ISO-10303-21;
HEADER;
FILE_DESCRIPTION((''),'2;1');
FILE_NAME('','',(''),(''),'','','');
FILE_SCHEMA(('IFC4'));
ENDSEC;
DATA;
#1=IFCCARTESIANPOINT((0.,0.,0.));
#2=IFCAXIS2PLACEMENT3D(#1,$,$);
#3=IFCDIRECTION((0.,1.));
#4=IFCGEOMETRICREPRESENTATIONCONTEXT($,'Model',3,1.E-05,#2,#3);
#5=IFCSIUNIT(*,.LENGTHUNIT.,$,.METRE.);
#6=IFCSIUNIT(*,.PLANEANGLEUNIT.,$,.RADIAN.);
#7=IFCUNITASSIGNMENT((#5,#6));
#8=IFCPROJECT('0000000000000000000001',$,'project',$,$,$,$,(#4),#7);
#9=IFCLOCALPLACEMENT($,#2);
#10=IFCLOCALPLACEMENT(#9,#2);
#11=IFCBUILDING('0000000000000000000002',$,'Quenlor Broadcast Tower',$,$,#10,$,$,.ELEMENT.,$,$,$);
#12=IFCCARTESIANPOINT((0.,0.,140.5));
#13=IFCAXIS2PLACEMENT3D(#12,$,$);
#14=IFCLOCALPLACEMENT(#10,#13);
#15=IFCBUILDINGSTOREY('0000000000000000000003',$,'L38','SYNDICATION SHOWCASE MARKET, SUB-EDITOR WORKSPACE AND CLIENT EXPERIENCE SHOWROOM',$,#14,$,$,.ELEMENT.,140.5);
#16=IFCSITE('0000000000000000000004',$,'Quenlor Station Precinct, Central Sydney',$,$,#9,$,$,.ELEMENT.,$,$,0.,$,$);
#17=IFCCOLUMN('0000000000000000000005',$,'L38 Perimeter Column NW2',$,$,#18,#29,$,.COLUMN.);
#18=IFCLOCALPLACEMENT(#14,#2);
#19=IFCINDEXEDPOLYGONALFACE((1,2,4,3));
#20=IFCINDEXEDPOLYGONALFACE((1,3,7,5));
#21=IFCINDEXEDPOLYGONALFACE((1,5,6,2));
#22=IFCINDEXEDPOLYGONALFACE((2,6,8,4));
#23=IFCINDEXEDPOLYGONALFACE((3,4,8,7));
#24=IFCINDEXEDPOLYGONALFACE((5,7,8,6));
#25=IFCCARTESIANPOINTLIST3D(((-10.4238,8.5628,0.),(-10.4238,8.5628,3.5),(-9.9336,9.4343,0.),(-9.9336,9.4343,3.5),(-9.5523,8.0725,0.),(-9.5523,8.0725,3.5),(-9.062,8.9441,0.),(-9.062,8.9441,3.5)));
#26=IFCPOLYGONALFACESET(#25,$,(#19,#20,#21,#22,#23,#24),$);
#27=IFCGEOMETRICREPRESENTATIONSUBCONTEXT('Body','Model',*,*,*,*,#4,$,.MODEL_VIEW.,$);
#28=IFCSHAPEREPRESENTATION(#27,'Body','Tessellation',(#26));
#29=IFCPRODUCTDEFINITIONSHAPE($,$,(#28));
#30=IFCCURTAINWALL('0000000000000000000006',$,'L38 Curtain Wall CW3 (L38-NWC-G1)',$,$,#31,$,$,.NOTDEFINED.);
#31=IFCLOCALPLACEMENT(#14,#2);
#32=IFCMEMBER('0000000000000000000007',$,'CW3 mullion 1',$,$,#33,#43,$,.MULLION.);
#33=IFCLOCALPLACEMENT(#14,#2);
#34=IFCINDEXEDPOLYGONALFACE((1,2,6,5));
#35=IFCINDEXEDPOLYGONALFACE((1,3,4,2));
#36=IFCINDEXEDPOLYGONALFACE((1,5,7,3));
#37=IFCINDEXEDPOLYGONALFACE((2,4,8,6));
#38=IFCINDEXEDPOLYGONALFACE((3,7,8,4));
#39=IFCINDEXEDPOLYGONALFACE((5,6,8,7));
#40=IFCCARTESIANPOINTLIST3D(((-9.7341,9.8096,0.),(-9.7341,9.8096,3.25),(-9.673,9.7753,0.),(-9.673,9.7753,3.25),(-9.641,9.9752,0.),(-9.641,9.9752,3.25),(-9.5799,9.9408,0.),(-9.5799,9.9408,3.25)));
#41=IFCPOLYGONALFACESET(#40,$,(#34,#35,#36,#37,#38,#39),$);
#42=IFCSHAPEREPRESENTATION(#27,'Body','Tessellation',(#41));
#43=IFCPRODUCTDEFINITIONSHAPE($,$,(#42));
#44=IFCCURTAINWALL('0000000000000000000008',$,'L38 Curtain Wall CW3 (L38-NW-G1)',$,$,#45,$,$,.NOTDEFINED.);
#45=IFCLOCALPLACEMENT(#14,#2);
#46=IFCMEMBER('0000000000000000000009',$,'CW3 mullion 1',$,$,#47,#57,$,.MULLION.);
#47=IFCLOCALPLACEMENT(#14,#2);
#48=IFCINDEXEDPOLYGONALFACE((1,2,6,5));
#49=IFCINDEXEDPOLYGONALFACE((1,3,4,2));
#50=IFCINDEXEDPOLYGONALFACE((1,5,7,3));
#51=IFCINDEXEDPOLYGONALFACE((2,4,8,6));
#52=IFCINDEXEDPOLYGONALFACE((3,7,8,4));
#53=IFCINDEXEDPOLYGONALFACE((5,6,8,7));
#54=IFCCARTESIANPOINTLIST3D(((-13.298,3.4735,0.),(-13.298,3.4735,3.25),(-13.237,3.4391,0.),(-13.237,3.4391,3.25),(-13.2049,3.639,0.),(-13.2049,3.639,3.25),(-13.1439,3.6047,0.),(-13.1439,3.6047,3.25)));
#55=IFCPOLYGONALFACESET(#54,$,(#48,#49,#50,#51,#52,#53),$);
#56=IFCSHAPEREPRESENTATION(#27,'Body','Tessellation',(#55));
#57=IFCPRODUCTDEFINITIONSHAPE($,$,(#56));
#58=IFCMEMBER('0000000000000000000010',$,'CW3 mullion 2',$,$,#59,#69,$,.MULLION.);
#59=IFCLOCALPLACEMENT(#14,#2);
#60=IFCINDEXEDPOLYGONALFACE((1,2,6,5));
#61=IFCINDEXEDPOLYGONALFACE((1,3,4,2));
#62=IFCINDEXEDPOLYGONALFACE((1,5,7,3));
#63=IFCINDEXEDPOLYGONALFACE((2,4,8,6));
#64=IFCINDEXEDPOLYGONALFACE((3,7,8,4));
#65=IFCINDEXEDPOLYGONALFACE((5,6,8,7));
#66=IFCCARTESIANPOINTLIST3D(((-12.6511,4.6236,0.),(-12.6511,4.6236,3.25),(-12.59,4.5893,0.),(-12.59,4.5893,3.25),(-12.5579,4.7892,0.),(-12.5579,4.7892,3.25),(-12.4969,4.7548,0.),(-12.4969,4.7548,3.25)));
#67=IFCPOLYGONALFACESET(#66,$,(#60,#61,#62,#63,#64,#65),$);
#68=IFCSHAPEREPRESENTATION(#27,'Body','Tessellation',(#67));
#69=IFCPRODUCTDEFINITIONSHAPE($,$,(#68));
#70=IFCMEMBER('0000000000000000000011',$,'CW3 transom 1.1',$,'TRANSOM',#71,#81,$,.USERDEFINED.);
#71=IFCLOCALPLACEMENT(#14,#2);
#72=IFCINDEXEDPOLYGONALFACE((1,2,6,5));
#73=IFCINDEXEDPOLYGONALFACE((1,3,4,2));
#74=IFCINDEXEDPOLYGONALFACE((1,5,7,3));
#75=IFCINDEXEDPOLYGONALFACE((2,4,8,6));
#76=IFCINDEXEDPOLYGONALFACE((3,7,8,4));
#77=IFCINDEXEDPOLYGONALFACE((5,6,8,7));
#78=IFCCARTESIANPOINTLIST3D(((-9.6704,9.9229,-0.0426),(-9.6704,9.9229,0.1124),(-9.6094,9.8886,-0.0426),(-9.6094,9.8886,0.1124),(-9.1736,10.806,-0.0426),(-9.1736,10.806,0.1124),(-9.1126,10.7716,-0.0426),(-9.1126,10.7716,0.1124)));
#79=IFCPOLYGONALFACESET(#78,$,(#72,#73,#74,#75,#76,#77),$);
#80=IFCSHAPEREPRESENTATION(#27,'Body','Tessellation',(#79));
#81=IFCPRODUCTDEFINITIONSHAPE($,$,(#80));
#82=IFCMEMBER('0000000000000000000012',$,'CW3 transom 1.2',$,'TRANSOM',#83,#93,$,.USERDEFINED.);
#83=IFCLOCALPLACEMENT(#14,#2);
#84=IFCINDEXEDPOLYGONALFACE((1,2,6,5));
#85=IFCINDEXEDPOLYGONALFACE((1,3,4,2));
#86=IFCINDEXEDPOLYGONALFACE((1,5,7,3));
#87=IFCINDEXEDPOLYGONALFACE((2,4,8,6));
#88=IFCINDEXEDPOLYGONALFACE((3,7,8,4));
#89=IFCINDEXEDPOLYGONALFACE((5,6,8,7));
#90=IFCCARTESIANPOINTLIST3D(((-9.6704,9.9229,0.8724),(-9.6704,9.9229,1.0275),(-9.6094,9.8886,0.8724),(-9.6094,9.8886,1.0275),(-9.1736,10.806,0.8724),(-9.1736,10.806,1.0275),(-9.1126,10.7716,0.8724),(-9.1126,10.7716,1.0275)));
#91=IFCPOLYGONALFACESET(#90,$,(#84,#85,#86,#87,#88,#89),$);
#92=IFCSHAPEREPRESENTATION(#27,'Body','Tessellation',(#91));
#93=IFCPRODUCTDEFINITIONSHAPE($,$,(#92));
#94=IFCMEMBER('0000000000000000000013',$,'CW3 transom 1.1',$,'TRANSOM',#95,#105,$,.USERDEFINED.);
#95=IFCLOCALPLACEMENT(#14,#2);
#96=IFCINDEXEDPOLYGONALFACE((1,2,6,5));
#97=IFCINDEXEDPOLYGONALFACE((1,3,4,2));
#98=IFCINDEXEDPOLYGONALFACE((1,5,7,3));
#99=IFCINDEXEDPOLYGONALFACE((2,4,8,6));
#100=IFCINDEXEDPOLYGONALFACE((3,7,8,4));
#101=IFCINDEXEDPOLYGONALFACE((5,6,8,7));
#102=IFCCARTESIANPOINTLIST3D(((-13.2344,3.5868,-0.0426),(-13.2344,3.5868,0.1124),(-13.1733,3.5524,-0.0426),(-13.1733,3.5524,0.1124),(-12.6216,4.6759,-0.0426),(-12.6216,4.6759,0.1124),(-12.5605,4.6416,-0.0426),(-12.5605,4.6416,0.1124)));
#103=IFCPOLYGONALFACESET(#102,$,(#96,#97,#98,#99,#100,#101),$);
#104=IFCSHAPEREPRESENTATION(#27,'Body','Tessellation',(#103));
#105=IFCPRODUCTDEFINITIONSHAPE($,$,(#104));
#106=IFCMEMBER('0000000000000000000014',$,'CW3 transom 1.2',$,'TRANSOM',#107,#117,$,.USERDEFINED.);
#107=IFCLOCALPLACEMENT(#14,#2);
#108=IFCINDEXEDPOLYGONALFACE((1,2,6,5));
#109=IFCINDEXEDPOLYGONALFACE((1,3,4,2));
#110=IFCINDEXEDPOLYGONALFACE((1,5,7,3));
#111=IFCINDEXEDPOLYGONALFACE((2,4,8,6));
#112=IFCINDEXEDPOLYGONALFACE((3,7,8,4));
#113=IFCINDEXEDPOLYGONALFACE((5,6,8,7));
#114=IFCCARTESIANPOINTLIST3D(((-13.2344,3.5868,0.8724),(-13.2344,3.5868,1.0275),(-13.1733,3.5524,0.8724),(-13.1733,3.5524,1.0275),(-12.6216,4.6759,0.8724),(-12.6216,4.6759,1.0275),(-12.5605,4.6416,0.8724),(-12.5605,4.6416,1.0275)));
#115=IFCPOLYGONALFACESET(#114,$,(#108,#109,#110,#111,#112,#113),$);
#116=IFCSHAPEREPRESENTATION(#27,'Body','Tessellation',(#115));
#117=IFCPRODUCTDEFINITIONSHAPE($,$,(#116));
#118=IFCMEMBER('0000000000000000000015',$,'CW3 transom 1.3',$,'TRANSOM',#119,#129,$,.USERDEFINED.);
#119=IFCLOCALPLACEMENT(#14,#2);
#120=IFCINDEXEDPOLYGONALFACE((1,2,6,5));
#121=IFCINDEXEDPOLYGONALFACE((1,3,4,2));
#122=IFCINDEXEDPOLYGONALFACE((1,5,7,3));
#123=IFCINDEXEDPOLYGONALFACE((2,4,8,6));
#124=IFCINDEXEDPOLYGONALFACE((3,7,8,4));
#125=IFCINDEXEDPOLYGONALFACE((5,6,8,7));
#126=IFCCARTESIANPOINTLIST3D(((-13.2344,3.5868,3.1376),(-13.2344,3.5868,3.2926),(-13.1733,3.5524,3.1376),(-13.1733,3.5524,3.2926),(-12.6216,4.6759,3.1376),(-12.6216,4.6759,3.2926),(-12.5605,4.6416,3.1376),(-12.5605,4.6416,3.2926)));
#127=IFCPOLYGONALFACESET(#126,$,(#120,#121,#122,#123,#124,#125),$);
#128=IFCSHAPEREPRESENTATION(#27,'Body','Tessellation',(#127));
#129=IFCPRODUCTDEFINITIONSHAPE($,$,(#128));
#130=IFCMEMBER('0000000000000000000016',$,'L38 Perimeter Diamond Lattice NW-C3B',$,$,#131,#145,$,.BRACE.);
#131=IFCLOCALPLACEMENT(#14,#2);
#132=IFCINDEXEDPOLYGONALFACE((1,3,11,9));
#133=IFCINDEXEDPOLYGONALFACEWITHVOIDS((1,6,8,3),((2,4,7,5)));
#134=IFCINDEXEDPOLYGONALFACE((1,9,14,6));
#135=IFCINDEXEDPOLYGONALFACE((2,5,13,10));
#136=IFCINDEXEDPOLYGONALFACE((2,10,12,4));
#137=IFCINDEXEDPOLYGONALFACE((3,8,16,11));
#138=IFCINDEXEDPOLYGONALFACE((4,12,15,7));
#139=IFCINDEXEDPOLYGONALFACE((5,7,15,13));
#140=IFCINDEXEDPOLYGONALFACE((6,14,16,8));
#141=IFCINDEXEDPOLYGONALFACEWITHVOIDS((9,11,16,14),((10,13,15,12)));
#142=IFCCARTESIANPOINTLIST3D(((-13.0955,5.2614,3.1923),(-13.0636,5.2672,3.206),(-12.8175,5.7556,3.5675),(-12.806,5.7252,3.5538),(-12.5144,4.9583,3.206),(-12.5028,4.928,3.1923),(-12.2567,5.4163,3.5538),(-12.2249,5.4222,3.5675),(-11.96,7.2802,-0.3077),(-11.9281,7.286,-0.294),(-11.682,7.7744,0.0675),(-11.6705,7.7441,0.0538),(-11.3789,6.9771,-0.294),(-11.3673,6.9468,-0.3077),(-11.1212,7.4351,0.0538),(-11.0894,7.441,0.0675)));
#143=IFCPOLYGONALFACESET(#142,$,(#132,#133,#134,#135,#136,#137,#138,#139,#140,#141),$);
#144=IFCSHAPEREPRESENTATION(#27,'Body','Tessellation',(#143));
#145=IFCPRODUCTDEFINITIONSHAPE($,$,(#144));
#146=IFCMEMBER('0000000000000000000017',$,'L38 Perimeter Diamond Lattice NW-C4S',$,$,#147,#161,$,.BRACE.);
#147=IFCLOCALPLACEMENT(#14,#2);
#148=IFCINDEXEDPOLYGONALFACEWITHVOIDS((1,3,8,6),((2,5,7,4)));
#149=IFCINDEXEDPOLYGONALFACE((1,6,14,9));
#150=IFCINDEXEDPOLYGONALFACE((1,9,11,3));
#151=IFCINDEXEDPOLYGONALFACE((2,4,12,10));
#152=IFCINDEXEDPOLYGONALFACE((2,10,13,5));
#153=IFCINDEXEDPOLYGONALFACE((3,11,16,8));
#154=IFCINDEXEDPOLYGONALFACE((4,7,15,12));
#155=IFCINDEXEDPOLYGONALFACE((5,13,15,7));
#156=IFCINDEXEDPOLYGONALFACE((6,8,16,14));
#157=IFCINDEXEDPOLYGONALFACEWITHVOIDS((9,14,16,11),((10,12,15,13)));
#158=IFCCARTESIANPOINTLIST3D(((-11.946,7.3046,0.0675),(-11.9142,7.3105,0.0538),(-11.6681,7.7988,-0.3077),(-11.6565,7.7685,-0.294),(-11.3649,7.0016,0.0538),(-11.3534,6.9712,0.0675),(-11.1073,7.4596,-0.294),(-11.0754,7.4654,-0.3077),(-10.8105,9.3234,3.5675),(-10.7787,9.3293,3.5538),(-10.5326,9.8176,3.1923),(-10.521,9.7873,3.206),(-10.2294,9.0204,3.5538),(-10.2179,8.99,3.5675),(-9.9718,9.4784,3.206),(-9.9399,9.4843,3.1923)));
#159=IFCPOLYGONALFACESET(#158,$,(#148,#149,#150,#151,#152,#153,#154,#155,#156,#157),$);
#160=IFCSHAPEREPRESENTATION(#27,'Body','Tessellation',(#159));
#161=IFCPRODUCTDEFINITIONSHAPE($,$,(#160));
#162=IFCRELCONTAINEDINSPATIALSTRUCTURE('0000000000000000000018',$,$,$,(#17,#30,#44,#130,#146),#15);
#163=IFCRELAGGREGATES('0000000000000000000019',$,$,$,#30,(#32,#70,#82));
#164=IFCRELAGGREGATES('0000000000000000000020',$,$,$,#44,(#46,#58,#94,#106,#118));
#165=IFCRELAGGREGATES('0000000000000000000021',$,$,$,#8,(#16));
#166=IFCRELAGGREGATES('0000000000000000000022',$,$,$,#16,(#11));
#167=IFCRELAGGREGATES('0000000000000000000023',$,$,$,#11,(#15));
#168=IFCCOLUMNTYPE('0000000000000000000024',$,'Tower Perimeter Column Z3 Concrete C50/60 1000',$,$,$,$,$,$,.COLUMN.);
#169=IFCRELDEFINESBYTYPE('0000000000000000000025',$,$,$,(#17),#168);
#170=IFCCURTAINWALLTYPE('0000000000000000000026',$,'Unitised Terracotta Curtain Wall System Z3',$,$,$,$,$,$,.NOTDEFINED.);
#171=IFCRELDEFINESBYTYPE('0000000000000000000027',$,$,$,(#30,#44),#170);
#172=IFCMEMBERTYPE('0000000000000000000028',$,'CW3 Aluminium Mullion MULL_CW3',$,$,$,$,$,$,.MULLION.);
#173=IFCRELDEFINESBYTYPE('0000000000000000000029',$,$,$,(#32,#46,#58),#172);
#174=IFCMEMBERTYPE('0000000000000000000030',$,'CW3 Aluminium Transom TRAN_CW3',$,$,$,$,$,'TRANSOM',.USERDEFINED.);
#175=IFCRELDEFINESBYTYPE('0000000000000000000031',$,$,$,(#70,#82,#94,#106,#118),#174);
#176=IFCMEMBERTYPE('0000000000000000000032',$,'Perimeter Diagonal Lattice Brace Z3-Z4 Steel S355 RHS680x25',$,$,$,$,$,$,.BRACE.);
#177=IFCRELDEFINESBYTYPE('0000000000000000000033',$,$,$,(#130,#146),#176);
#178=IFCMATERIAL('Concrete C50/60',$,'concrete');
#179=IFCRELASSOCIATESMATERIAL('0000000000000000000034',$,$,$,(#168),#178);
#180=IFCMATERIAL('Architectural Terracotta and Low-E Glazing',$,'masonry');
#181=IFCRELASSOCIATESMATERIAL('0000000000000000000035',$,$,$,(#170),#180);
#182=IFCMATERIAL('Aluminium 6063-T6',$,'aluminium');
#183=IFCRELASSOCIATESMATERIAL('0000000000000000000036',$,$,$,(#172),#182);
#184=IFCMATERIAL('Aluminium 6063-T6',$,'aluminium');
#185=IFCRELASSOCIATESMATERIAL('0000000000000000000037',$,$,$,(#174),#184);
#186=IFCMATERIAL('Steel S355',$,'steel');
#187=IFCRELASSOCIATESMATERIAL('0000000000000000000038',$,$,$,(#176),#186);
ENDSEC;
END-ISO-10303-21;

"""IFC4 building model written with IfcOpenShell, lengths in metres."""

from ifc_helpers import new_model, si_unit, direction, frame, origin, origin_2d, place, context, subcontext, project, spatial, rectangle, hollow_rectangle, extrude, material, material_profile, profile_set, type_object, element, aggregate, save


model = new_model("IFC4")

# Units and contexts
model_context = context("Model", 3, precision=1e-05, world=origin(), true_north=direction((0.0, 1.0)))
body_context = subcontext(model_context, "Body", "Model", "MODEL_VIEW")
ifc_project = project(units=[si_unit("LENGTHUNIT", "METRE"), si_unit("PLANEANGLEUNIT", "RADIAN")], contexts=[model_context])

# Site, building, storey
site_placement = place(None, origin())
site = spatial("IfcSite", under=ifc_project, at=site_placement, Name="Quenlor Station Precinct, Central Sydney", CompositionType="ELEMENT", RefElevation=0.0)
building_placement = place(site_placement, origin())
building = spatial("IfcBuilding", under=site, at=building_placement, Name="Quenlor Broadcast Tower", CompositionType="ELEMENT")
storey_placement = place(building_placement, frame((0.0, 0.0, 140.5)))
storey = spatial("IfcBuildingStorey", under=building, at=storey_placement, Name="L38", Description="SYNDICATION SHOWCASE MARKET, SUB-EDITOR WORKSPACE AND CLIENT EXPERIENCE SHOWROOM", CompositionType="ELEMENT", Elevation=140.5)

# Column
ifc_material_1 = material(Name="Concrete C50/60", Category="concrete")
ifc_material_profile_1 = material_profile(ifc_material_1, rectangle(XDim=1.0, YDim=1.0, at=origin_2d()))
ifc_profile_set_1 = profile_set([ifc_material_profile_1], Name="Concrete C50/60 RC1000x1000")
column_type = type_object("IfcColumnType", Name="Tower Perimeter Column Z3 Concrete C50/60 1000", PredefinedType="COLUMN", material=ifc_profile_set_1)
column_placement = place(storey_placement, frame((-9.7429, 8.7534, 0.0), z_axis=(0.0, 0.0, 1.0), x_axis=(-0.871575, 0.490262, 0.0)))
element("IfcColumn", 1, at=column_placement, inside=storey, type_object=column_type, Name="L38 Perimeter Column NW2", PredefinedType="COLUMN", context=body_context, shape_type="SweptSolid", body=[
    extrude(rectangle(XDim=1.0, YDim=1.0, at=origin_2d()), origin(), (0.0, 0.0, 1.0), 3.5),
])

# Curtain wall, member
ifc_material_2 = material(Name="Architectural Terracotta and Low-E Glazing", Category="masonry")
curtain_wall_type = type_object("IfcCurtainWallType", Name="Unitised Terracotta Curtain Wall System Z3", PredefinedType="NOTDEFINED", material=ifc_material_2)
curtain_wall_1_placement = place(storey_placement, origin())
curtain_wall_1 = element("IfcCurtainWall", 2, at=curtain_wall_1_placement, inside=storey, type_object=curtain_wall_type, Name="L38 Curtain Wall CW3 (L38-NWC-G1)", PredefinedType="NOTDEFINED")
ifc_material_3 = material(Name="Aluminium 6063-T6", Category="aluminium")
ifc_material_profile_2 = material_profile(ifc_material_3, rectangle(XDim=0.0701, YDim=0.1899, at=origin_2d()))
ifc_profile_set_2 = profile_set([ifc_material_profile_2], Name="Aluminium 6063-T6 MULL70x190")
member_type_1 = type_object("IfcMemberType", Name="CW3 Aluminium Mullion MULL_CW3", PredefinedType="MULLION", material=ifc_profile_set_2)
member_1_placement = place(storey_placement, frame((-9.657, 9.8752, 0.0), z_axis=(0.0, 0.0, 1.0), x_axis=(-0.871601, 0.490216, 0.0)))
member_1 = element("IfcMember", 3, at=member_1_placement, type_object=member_type_1, Name="CW3 mullion 1", PredefinedType="MULLION", context=body_context, shape_type="SweptSolid", body=[
    extrude(rectangle(XDim=0.0701, YDim=0.1899, at=origin_2d()), origin(), (0.0, 0.0, 1.0), 3.25),
])

# Curtain wall, members
curtain_wall_2_placement = place(storey_placement, origin())
curtain_wall_2 = element("IfcCurtainWall", 4, at=curtain_wall_2_placement, inside=storey, type_object=curtain_wall_type, Name="L38 Curtain Wall CW3 (L38-NW-G1)", PredefinedType="NOTDEFINED")
member_2_placement = place(storey_placement, frame((-13.2209, 3.5391, 0.0), z_axis=(0.0, 0.0, 1.0), x_axis=(-0.871562, 0.490285, 0.0)))
member_2 = element("IfcMember", 5, at=member_2_placement, type_object=member_type_1, Name="CW3 mullion 1", PredefinedType="MULLION", context=body_context, shape_type="SweptSolid", body=[
    extrude(rectangle(XDim=0.0701, YDim=0.1899, at=origin_2d()), origin(), (0.0, 0.0, 1.0), 3.25),
])
member_3_placement = place(storey_placement, frame((-12.574, 4.6892, 0.0), z_axis=(0.0, 0.0, 1.0), x_axis=(-0.871562, 0.490285, 0.0)))
member_3 = element("IfcMember", 6, at=member_3_placement, type_object=member_type_1, Name="CW3 mullion 2", PredefinedType="MULLION", context=body_context, shape_type="SweptSolid", body=[
    extrude(rectangle(XDim=0.0701, YDim=0.1899, at=origin_2d()), origin(), (0.0, 0.0, 1.0), 3.25),
])

# Members
ifc_material_4 = material(Name="Aluminium 6063-T6", Category="aluminium")
ifc_material_profile_3 = material_profile(ifc_material_4, rectangle(XDim=0.0701, YDim=0.155, at=origin_2d()))
ifc_profile_set_3 = profile_set([ifc_material_profile_3], Name="Aluminium 6063-T6 TRAN70x155")
member_type_2 = type_object("IfcMemberType", Name="CW3 Aluminium Transom TRAN_CW3", ElementType="TRANSOM", PredefinedType="USERDEFINED", material=ifc_profile_set_3)
member_4_placement = place(storey_placement, frame((-9.6399, 9.9058, 0.0349), z_axis=(0.490341, 0.87153, 0.0), x_axis=(-0.87153, 0.490341, 0.0)))
member_4 = element("IfcMember", 7, at=member_4_placement, type_object=member_type_2, Name="CW3 transom 1.1", ObjectType="TRANSOM", PredefinedType="USERDEFINED", context=body_context, shape_type="SweptSolid", body=[
    extrude(rectangle(XDim=0.0701, YDim=0.155, at=origin_2d()), origin(), (0.0, 0.0, 1.0), 1.0132),
])
member_5_placement = place(storey_placement, frame((-9.6399, 9.9058, 0.95), z_axis=(0.490341, 0.87153, 0.0), x_axis=(-0.87153, 0.490341, 0.0)))
member_5 = element("IfcMember", 8, at=member_5_placement, type_object=member_type_2, Name="CW3 transom 1.2", ObjectType="TRANSOM", PredefinedType="USERDEFINED", context=body_context, shape_type="SweptSolid", body=[
    extrude(rectangle(XDim=0.0701, YDim=0.155, at=origin_2d()), origin(), (0.0, 0.0, 1.0), 1.0132),
])
aggregate(curtain_wall_1, [member_1, member_4, member_5])
member_6_placement = place(storey_placement, frame((-13.2039, 3.5696, 0.0349), z_axis=(0.490363, 0.871518, 0.0), x_axis=(-0.871518, 0.490363, 0.0)))
member_6 = element("IfcMember", 9, at=member_6_placement, type_object=member_type_2, Name="CW3 transom 1.1", ObjectType="TRANSOM", PredefinedType="USERDEFINED", context=body_context, shape_type="SweptSolid", body=[
    extrude(rectangle(XDim=0.0701, YDim=0.155, at=origin_2d()), origin(), (0.0, 0.0, 1.0), 1.2498),
])
member_7_placement = place(storey_placement, frame((-13.2039, 3.5696, 0.95), z_axis=(0.490363, 0.871518, 0.0), x_axis=(-0.871518, 0.490363, 0.0)))
member_7 = element("IfcMember", 10, at=member_7_placement, type_object=member_type_2, Name="CW3 transom 1.2", ObjectType="TRANSOM", PredefinedType="USERDEFINED", context=body_context, shape_type="SweptSolid", body=[
    extrude(rectangle(XDim=0.0701, YDim=0.155, at=origin_2d()), origin(), (0.0, 0.0, 1.0), 1.2498),
])
member_8_placement = place(storey_placement, frame((-13.2039, 3.5696, 3.2151), z_axis=(0.490363, 0.871518, 0.0), x_axis=(-0.871518, 0.490363, 0.0)))
member_8 = element("IfcMember", 11, at=member_8_placement, type_object=member_type_2, Name="CW3 transom 1.3", ObjectType="TRANSOM", PredefinedType="USERDEFINED", context=body_context, shape_type="SweptSolid", body=[
    extrude(rectangle(XDim=0.0701, YDim=0.155, at=origin_2d()), origin(), (0.0, 0.0, 1.0), 1.2498),
])

# Members
ifc_material_5 = material(Name="Steel S355", Category="steel")
ifc_material_profile_4 = material_profile(ifc_material_5, hollow_rectangle(XDim=0.6799, YDim=0.6799, WallThickness=0.0249, at=origin_2d()))
ifc_profile_set_4 = profile_set([ifc_material_profile_4], Name="Steel S355 RHS680x680x25")
member_type_3 = type_object("IfcMemberType", Name="Perimeter Diagonal Lattice Brace Z3-Z4 Steel S355 RHS680x25", PredefinedType="BRACE", material=ifc_profile_set_4)
for number, where, z_axis, x_axis, name in (
    (12, (-11.5247, 7.3606, -0.1201), (-0.270549, -0.481009, 0.833927), (0.87159, -0.490236, 0.0), "L38 Perimeter Diamond Lattice NW-C3B"),
    (13, (-11.5107, 7.385, -0.1201), (0.270549, 0.481009, 0.833927), (-0.87159, 0.490236, 0.0), "L38 Perimeter Diamond Lattice NW-C4S"),
):
    element("IfcMember", number, at=place(storey_placement, frame(where, z_axis=z_axis, x_axis=x_axis)), inside=storey, type_object=member_type_3, Name=name, PredefinedType="BRACE", context=body_context, shape_type="SweptSolid", body=[
        extrude(hollow_rectangle(XDim=0.6799, YDim=0.6799, WallThickness=0.0249, at=origin_2d()), origin(), (0.0, 0.0, 1.0), 4.197),
    ])

aggregate(curtain_wall_2, [member_2, member_3, member_6, member_7, member_8])

save(model, "model.ifc")
